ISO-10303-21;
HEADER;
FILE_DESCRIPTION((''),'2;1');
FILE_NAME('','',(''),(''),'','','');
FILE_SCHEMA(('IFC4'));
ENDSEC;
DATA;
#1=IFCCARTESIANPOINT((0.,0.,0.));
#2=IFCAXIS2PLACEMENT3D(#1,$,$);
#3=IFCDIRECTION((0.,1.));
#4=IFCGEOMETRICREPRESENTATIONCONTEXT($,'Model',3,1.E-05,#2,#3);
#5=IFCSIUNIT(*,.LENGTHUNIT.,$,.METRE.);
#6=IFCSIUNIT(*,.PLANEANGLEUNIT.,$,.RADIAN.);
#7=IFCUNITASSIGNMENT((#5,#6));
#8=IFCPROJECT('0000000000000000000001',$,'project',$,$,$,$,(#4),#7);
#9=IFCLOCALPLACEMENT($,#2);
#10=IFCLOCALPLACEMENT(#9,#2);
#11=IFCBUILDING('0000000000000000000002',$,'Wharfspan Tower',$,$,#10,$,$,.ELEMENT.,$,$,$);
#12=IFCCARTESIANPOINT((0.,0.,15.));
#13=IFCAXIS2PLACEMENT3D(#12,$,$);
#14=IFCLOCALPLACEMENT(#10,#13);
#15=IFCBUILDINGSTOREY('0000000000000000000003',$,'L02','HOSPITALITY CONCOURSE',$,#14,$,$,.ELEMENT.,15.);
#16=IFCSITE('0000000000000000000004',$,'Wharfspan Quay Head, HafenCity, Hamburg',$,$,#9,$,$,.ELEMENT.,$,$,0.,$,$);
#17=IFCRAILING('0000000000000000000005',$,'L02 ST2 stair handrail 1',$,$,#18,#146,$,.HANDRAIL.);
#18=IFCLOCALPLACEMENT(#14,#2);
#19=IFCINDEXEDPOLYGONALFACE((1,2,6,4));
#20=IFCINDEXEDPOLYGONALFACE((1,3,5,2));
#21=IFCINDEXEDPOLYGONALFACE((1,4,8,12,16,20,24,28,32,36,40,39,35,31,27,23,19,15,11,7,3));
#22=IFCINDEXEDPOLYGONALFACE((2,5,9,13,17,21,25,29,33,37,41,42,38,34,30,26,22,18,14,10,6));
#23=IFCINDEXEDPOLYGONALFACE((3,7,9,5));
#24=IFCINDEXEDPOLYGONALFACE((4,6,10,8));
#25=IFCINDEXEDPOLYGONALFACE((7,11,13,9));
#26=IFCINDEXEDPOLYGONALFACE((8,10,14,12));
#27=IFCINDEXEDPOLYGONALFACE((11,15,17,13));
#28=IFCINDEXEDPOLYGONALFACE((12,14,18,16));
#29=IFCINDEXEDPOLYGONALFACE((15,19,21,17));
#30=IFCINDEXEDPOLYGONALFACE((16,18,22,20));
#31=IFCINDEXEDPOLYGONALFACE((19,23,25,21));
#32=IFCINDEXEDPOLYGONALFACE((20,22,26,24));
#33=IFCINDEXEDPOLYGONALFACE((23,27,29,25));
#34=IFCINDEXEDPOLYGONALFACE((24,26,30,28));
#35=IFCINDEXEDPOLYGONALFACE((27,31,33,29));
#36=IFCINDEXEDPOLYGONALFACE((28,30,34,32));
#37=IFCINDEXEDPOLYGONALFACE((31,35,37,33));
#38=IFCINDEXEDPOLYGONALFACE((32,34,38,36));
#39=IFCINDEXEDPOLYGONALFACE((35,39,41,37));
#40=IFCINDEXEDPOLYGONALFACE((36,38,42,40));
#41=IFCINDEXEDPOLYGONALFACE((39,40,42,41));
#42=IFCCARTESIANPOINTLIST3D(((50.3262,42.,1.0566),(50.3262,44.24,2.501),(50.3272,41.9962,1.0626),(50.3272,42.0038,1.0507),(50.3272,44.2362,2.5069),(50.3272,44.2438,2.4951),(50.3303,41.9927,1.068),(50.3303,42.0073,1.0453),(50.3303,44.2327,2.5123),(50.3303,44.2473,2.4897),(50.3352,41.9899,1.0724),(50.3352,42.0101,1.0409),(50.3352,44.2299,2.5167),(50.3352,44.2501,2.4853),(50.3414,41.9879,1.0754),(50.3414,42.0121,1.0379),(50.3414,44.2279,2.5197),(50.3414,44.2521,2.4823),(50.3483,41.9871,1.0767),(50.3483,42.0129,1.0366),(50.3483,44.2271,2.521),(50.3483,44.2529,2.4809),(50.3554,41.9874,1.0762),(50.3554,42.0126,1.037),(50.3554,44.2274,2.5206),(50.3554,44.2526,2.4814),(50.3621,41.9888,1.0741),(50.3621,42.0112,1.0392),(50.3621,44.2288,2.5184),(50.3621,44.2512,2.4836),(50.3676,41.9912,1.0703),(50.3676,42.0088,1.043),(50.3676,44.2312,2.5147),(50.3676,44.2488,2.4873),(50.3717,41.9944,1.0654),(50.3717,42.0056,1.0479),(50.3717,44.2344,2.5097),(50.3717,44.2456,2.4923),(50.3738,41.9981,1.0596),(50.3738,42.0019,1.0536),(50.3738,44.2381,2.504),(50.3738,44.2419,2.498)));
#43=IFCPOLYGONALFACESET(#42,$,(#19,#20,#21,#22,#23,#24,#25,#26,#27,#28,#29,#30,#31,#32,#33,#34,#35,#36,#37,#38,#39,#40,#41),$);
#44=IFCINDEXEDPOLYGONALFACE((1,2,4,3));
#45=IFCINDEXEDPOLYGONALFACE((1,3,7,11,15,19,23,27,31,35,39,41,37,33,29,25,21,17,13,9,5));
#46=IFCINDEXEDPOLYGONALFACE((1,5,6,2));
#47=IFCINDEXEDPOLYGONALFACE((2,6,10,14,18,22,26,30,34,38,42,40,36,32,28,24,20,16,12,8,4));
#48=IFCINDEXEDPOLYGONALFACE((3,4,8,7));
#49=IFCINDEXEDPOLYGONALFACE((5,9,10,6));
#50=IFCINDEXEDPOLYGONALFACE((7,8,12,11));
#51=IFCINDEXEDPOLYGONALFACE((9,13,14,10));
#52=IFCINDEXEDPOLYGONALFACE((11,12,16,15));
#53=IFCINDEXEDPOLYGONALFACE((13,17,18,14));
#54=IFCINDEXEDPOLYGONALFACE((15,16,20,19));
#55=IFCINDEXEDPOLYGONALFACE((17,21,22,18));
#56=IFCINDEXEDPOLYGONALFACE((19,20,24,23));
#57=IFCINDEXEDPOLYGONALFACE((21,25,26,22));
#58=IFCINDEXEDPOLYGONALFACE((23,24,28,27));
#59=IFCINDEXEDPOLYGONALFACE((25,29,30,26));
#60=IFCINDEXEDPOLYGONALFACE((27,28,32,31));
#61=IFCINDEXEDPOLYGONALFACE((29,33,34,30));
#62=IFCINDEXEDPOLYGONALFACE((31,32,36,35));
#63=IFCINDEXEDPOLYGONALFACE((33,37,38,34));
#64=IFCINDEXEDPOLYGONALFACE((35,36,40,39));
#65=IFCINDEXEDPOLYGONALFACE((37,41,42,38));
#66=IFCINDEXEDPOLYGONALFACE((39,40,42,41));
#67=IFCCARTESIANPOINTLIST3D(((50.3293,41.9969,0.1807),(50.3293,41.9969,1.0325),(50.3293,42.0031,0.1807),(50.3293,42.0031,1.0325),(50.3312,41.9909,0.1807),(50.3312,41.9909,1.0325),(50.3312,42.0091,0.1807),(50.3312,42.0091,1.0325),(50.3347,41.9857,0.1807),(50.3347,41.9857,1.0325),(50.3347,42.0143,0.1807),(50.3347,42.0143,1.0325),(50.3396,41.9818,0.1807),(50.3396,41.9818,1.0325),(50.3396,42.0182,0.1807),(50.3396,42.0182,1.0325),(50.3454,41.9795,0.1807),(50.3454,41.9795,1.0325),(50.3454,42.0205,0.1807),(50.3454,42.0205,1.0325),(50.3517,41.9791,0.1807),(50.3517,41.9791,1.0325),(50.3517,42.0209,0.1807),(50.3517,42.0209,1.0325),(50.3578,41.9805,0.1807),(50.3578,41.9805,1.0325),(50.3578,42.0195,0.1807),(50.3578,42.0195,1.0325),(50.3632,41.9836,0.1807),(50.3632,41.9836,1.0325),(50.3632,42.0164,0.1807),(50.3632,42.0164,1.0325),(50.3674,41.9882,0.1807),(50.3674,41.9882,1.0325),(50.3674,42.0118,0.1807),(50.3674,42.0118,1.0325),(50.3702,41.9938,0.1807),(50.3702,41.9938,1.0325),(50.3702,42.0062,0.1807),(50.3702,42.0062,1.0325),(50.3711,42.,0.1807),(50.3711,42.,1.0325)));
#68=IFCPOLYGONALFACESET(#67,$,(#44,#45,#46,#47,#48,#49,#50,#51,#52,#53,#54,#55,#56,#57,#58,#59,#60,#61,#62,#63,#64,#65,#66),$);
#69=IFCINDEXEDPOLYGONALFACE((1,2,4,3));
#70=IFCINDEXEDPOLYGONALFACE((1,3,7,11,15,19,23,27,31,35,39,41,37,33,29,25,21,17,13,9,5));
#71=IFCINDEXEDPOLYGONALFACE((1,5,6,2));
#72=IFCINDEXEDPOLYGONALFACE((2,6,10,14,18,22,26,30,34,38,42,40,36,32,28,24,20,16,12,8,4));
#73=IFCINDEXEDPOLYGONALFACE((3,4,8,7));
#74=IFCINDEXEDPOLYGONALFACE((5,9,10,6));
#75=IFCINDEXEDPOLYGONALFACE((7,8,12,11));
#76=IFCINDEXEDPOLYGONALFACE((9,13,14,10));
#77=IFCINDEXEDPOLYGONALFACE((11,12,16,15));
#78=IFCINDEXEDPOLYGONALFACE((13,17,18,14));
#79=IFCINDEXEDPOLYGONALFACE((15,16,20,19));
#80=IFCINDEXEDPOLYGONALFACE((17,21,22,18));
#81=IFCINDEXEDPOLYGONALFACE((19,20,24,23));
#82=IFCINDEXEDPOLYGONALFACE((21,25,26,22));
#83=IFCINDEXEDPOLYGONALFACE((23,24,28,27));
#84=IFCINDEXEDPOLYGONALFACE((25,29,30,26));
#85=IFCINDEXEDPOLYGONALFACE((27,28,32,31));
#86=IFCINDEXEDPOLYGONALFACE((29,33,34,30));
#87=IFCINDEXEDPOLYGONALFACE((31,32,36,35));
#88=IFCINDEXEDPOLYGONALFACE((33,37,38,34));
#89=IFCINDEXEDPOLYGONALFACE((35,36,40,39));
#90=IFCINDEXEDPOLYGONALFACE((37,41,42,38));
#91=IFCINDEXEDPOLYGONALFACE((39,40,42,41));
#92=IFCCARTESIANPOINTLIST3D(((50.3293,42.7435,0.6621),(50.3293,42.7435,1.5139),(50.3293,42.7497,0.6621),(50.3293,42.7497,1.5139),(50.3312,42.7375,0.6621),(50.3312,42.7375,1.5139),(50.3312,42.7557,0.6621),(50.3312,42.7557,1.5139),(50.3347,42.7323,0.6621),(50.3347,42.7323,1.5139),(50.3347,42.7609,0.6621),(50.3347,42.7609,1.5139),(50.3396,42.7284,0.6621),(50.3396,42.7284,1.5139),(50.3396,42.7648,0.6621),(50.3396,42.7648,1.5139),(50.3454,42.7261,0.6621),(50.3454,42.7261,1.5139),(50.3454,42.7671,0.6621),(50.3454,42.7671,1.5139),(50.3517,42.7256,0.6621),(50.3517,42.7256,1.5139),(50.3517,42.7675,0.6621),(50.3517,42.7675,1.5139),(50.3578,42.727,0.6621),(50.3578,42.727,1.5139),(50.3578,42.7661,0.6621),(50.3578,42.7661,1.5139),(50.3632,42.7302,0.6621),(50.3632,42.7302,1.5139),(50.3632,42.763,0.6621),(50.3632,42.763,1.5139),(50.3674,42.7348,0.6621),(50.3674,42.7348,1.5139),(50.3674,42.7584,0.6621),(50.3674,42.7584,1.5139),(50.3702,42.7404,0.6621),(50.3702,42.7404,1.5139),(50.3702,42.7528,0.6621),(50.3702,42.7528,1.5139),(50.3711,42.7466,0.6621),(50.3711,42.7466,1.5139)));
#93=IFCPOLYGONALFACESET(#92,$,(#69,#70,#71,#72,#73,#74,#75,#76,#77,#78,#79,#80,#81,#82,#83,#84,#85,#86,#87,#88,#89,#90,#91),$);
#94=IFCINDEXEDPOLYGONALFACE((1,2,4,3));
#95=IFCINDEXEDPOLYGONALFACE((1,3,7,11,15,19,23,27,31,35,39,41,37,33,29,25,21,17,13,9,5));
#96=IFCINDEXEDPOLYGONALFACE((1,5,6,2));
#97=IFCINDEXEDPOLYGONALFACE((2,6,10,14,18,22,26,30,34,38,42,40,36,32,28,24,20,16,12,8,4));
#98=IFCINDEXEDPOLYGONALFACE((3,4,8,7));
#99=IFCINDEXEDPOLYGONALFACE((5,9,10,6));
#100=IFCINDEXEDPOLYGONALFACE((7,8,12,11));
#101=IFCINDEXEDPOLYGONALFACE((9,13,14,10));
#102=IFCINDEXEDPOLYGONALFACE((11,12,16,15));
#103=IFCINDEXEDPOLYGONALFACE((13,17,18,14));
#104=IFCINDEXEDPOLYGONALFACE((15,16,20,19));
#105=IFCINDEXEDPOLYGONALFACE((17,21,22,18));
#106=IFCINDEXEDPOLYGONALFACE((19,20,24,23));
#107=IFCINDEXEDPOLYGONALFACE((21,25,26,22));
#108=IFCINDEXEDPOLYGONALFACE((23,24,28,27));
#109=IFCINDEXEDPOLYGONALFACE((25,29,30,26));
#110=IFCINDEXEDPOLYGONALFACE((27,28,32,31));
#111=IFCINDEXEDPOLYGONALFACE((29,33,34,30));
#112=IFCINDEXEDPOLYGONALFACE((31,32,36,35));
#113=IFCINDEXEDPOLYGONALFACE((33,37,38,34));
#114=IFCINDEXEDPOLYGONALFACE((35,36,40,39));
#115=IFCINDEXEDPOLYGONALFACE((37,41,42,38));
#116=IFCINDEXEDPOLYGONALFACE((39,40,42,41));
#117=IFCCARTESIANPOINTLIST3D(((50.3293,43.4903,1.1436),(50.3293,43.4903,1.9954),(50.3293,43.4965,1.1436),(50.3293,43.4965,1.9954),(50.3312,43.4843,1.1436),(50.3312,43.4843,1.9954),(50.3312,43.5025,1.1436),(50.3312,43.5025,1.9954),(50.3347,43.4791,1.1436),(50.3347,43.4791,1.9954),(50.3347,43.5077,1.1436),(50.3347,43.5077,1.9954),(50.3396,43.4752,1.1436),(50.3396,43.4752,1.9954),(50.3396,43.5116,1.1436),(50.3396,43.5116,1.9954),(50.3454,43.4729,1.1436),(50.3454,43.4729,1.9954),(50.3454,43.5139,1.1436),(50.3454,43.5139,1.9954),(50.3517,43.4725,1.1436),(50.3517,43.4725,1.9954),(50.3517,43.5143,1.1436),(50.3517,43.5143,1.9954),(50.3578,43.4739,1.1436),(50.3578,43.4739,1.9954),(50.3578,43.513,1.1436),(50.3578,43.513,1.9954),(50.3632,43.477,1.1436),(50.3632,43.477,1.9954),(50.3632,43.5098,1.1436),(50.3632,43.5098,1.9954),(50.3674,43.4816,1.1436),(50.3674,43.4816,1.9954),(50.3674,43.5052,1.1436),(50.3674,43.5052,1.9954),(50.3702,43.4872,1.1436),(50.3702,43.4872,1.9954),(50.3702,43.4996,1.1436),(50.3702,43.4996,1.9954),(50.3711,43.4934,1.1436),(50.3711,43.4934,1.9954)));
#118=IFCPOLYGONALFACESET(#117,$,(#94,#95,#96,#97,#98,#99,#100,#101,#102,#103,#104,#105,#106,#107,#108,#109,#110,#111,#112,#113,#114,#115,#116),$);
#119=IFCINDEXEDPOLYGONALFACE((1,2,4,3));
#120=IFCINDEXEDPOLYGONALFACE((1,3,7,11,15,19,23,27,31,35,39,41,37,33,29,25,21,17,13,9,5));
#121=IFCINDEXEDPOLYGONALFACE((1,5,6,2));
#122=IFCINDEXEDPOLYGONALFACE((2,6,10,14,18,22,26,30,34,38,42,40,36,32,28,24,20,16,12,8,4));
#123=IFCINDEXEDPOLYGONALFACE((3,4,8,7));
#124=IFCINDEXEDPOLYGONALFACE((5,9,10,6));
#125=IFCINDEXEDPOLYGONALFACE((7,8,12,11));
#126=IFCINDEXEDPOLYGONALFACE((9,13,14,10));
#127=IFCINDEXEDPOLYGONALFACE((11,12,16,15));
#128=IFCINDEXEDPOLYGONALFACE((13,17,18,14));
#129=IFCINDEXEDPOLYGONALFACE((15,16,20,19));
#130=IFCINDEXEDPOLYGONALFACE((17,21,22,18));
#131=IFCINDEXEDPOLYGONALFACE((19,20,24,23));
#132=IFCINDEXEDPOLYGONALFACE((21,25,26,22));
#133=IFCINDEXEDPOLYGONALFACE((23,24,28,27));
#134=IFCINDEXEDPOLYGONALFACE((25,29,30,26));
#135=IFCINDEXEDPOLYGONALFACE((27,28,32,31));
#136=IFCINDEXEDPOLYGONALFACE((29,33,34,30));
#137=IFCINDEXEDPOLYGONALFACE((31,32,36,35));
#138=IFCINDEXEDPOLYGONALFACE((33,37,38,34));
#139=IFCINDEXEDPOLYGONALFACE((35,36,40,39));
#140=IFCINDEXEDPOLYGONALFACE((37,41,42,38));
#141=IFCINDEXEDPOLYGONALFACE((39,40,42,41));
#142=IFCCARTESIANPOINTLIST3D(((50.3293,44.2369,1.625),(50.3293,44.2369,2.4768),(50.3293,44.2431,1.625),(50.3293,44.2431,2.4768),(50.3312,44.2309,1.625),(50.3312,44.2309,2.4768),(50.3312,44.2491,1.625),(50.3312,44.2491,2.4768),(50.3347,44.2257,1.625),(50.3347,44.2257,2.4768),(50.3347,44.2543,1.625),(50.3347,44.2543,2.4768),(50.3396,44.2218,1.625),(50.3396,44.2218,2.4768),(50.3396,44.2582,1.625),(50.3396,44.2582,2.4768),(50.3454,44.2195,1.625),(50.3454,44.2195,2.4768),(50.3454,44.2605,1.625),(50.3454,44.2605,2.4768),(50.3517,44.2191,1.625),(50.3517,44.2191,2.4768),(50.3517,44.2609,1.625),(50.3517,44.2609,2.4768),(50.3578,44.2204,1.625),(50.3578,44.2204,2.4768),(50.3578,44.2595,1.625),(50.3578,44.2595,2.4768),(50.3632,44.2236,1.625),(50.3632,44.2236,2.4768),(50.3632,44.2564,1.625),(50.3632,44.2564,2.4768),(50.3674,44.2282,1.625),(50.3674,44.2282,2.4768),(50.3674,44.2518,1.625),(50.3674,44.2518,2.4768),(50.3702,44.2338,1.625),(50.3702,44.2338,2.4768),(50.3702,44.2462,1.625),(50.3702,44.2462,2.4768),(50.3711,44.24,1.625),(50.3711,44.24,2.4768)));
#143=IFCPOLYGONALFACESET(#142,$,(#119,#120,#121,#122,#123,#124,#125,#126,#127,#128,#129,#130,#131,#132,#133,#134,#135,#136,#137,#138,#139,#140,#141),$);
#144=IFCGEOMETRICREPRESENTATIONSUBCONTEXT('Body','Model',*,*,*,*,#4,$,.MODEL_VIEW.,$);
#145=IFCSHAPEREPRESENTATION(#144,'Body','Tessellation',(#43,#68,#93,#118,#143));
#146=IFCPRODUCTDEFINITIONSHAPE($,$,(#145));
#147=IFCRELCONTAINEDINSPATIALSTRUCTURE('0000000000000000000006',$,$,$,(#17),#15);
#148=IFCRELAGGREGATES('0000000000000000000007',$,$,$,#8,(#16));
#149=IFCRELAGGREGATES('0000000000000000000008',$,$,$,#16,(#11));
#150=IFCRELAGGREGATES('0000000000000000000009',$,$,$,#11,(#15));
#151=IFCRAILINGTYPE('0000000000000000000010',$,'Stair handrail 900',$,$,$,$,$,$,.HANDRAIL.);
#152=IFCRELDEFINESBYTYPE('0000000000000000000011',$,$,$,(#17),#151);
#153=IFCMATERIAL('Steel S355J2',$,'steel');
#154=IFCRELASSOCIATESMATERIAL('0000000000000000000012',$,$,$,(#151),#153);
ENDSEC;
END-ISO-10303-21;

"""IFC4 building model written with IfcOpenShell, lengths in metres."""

from ifc_helpers import new_model, si_unit, direction, frame, origin, origin_2d, place, context, subcontext, project, spatial, circle, extrude, material, type_object, element, save


model = new_model("IFC4")

# Units and contexts
model_context = context("Model", 3, precision=1e-05, world=origin(), true_north=direction((0.0, 1.0)))
body_context = subcontext(model_context, "Body", "Model", "MODEL_VIEW")
ifc_project = project(units=[si_unit("LENGTHUNIT", "METRE"), si_unit("PLANEANGLEUNIT", "RADIAN")], contexts=[model_context])

# Site, building, storey
site_placement = place(None, origin())
site = spatial("IfcSite", under=ifc_project, at=site_placement, Name="Wharfspan Quay Head, HafenCity, Hamburg", CompositionType="ELEMENT", RefElevation=0.0)
building_placement = place(site_placement, origin())
building = spatial("IfcBuilding", under=site, at=building_placement, Name="Wharfspan Tower", CompositionType="ELEMENT")
storey_placement = place(building_placement, frame((0.0, 0.0, 15.0)))
storey = spatial("IfcBuildingStorey", under=building, at=storey_placement, Name="L02", Description="HOSPITALITY CONCOURSE", CompositionType="ELEMENT", Elevation=15.0)

# Railing
ifc_material_1 = material(Name="Steel S355J2", Category="steel")
railing_type_1 = type_object("IfcRailingType", Name="Stair handrail 900", PredefinedType="HANDRAIL", material=ifc_material_1)
railing_1_placement = place(storey_placement, frame((50.3501, 42.0, 0.1807)))
element("IfcRailing", 1, at=railing_1_placement, inside=storey, type_object=railing_type_1, Name="L02 ST2 stair handrail 1", PredefinedType="HANDRAIL", context=body_context, shape_type="SweptSolid", body=[
    extrude(circle(Radius=0.0239, at=origin_2d()), frame((0.0, 0.0, 0.876), z_axis=(0.0, 0.840437, 0.54191), x_axis=(-1.0, 0.0, 0.0)), (0.0, 0.0, 1.0), 2.6653),
    extrude(circle(Radius=0.021, at=origin_2d()), origin(), (0.0, 0.0, 1.0), 0.8518),
    extrude(circle(Radius=0.021, at=origin_2d()), frame((0.0, 0.7466, 0.4814)), (0.0, 0.0, 1.0), 0.8518),
    extrude(circle(Radius=0.021, at=origin_2d()), frame((0.0, 1.4934, 0.9629)), (0.0, 0.0, 1.0), 0.8518),
    extrude(circle(Radius=0.021, at=origin_2d()), frame((0.0, 2.24, 1.4443)), (0.0, 0.0, 1.0), 0.8518),
])

save(model, "model.ifc")
